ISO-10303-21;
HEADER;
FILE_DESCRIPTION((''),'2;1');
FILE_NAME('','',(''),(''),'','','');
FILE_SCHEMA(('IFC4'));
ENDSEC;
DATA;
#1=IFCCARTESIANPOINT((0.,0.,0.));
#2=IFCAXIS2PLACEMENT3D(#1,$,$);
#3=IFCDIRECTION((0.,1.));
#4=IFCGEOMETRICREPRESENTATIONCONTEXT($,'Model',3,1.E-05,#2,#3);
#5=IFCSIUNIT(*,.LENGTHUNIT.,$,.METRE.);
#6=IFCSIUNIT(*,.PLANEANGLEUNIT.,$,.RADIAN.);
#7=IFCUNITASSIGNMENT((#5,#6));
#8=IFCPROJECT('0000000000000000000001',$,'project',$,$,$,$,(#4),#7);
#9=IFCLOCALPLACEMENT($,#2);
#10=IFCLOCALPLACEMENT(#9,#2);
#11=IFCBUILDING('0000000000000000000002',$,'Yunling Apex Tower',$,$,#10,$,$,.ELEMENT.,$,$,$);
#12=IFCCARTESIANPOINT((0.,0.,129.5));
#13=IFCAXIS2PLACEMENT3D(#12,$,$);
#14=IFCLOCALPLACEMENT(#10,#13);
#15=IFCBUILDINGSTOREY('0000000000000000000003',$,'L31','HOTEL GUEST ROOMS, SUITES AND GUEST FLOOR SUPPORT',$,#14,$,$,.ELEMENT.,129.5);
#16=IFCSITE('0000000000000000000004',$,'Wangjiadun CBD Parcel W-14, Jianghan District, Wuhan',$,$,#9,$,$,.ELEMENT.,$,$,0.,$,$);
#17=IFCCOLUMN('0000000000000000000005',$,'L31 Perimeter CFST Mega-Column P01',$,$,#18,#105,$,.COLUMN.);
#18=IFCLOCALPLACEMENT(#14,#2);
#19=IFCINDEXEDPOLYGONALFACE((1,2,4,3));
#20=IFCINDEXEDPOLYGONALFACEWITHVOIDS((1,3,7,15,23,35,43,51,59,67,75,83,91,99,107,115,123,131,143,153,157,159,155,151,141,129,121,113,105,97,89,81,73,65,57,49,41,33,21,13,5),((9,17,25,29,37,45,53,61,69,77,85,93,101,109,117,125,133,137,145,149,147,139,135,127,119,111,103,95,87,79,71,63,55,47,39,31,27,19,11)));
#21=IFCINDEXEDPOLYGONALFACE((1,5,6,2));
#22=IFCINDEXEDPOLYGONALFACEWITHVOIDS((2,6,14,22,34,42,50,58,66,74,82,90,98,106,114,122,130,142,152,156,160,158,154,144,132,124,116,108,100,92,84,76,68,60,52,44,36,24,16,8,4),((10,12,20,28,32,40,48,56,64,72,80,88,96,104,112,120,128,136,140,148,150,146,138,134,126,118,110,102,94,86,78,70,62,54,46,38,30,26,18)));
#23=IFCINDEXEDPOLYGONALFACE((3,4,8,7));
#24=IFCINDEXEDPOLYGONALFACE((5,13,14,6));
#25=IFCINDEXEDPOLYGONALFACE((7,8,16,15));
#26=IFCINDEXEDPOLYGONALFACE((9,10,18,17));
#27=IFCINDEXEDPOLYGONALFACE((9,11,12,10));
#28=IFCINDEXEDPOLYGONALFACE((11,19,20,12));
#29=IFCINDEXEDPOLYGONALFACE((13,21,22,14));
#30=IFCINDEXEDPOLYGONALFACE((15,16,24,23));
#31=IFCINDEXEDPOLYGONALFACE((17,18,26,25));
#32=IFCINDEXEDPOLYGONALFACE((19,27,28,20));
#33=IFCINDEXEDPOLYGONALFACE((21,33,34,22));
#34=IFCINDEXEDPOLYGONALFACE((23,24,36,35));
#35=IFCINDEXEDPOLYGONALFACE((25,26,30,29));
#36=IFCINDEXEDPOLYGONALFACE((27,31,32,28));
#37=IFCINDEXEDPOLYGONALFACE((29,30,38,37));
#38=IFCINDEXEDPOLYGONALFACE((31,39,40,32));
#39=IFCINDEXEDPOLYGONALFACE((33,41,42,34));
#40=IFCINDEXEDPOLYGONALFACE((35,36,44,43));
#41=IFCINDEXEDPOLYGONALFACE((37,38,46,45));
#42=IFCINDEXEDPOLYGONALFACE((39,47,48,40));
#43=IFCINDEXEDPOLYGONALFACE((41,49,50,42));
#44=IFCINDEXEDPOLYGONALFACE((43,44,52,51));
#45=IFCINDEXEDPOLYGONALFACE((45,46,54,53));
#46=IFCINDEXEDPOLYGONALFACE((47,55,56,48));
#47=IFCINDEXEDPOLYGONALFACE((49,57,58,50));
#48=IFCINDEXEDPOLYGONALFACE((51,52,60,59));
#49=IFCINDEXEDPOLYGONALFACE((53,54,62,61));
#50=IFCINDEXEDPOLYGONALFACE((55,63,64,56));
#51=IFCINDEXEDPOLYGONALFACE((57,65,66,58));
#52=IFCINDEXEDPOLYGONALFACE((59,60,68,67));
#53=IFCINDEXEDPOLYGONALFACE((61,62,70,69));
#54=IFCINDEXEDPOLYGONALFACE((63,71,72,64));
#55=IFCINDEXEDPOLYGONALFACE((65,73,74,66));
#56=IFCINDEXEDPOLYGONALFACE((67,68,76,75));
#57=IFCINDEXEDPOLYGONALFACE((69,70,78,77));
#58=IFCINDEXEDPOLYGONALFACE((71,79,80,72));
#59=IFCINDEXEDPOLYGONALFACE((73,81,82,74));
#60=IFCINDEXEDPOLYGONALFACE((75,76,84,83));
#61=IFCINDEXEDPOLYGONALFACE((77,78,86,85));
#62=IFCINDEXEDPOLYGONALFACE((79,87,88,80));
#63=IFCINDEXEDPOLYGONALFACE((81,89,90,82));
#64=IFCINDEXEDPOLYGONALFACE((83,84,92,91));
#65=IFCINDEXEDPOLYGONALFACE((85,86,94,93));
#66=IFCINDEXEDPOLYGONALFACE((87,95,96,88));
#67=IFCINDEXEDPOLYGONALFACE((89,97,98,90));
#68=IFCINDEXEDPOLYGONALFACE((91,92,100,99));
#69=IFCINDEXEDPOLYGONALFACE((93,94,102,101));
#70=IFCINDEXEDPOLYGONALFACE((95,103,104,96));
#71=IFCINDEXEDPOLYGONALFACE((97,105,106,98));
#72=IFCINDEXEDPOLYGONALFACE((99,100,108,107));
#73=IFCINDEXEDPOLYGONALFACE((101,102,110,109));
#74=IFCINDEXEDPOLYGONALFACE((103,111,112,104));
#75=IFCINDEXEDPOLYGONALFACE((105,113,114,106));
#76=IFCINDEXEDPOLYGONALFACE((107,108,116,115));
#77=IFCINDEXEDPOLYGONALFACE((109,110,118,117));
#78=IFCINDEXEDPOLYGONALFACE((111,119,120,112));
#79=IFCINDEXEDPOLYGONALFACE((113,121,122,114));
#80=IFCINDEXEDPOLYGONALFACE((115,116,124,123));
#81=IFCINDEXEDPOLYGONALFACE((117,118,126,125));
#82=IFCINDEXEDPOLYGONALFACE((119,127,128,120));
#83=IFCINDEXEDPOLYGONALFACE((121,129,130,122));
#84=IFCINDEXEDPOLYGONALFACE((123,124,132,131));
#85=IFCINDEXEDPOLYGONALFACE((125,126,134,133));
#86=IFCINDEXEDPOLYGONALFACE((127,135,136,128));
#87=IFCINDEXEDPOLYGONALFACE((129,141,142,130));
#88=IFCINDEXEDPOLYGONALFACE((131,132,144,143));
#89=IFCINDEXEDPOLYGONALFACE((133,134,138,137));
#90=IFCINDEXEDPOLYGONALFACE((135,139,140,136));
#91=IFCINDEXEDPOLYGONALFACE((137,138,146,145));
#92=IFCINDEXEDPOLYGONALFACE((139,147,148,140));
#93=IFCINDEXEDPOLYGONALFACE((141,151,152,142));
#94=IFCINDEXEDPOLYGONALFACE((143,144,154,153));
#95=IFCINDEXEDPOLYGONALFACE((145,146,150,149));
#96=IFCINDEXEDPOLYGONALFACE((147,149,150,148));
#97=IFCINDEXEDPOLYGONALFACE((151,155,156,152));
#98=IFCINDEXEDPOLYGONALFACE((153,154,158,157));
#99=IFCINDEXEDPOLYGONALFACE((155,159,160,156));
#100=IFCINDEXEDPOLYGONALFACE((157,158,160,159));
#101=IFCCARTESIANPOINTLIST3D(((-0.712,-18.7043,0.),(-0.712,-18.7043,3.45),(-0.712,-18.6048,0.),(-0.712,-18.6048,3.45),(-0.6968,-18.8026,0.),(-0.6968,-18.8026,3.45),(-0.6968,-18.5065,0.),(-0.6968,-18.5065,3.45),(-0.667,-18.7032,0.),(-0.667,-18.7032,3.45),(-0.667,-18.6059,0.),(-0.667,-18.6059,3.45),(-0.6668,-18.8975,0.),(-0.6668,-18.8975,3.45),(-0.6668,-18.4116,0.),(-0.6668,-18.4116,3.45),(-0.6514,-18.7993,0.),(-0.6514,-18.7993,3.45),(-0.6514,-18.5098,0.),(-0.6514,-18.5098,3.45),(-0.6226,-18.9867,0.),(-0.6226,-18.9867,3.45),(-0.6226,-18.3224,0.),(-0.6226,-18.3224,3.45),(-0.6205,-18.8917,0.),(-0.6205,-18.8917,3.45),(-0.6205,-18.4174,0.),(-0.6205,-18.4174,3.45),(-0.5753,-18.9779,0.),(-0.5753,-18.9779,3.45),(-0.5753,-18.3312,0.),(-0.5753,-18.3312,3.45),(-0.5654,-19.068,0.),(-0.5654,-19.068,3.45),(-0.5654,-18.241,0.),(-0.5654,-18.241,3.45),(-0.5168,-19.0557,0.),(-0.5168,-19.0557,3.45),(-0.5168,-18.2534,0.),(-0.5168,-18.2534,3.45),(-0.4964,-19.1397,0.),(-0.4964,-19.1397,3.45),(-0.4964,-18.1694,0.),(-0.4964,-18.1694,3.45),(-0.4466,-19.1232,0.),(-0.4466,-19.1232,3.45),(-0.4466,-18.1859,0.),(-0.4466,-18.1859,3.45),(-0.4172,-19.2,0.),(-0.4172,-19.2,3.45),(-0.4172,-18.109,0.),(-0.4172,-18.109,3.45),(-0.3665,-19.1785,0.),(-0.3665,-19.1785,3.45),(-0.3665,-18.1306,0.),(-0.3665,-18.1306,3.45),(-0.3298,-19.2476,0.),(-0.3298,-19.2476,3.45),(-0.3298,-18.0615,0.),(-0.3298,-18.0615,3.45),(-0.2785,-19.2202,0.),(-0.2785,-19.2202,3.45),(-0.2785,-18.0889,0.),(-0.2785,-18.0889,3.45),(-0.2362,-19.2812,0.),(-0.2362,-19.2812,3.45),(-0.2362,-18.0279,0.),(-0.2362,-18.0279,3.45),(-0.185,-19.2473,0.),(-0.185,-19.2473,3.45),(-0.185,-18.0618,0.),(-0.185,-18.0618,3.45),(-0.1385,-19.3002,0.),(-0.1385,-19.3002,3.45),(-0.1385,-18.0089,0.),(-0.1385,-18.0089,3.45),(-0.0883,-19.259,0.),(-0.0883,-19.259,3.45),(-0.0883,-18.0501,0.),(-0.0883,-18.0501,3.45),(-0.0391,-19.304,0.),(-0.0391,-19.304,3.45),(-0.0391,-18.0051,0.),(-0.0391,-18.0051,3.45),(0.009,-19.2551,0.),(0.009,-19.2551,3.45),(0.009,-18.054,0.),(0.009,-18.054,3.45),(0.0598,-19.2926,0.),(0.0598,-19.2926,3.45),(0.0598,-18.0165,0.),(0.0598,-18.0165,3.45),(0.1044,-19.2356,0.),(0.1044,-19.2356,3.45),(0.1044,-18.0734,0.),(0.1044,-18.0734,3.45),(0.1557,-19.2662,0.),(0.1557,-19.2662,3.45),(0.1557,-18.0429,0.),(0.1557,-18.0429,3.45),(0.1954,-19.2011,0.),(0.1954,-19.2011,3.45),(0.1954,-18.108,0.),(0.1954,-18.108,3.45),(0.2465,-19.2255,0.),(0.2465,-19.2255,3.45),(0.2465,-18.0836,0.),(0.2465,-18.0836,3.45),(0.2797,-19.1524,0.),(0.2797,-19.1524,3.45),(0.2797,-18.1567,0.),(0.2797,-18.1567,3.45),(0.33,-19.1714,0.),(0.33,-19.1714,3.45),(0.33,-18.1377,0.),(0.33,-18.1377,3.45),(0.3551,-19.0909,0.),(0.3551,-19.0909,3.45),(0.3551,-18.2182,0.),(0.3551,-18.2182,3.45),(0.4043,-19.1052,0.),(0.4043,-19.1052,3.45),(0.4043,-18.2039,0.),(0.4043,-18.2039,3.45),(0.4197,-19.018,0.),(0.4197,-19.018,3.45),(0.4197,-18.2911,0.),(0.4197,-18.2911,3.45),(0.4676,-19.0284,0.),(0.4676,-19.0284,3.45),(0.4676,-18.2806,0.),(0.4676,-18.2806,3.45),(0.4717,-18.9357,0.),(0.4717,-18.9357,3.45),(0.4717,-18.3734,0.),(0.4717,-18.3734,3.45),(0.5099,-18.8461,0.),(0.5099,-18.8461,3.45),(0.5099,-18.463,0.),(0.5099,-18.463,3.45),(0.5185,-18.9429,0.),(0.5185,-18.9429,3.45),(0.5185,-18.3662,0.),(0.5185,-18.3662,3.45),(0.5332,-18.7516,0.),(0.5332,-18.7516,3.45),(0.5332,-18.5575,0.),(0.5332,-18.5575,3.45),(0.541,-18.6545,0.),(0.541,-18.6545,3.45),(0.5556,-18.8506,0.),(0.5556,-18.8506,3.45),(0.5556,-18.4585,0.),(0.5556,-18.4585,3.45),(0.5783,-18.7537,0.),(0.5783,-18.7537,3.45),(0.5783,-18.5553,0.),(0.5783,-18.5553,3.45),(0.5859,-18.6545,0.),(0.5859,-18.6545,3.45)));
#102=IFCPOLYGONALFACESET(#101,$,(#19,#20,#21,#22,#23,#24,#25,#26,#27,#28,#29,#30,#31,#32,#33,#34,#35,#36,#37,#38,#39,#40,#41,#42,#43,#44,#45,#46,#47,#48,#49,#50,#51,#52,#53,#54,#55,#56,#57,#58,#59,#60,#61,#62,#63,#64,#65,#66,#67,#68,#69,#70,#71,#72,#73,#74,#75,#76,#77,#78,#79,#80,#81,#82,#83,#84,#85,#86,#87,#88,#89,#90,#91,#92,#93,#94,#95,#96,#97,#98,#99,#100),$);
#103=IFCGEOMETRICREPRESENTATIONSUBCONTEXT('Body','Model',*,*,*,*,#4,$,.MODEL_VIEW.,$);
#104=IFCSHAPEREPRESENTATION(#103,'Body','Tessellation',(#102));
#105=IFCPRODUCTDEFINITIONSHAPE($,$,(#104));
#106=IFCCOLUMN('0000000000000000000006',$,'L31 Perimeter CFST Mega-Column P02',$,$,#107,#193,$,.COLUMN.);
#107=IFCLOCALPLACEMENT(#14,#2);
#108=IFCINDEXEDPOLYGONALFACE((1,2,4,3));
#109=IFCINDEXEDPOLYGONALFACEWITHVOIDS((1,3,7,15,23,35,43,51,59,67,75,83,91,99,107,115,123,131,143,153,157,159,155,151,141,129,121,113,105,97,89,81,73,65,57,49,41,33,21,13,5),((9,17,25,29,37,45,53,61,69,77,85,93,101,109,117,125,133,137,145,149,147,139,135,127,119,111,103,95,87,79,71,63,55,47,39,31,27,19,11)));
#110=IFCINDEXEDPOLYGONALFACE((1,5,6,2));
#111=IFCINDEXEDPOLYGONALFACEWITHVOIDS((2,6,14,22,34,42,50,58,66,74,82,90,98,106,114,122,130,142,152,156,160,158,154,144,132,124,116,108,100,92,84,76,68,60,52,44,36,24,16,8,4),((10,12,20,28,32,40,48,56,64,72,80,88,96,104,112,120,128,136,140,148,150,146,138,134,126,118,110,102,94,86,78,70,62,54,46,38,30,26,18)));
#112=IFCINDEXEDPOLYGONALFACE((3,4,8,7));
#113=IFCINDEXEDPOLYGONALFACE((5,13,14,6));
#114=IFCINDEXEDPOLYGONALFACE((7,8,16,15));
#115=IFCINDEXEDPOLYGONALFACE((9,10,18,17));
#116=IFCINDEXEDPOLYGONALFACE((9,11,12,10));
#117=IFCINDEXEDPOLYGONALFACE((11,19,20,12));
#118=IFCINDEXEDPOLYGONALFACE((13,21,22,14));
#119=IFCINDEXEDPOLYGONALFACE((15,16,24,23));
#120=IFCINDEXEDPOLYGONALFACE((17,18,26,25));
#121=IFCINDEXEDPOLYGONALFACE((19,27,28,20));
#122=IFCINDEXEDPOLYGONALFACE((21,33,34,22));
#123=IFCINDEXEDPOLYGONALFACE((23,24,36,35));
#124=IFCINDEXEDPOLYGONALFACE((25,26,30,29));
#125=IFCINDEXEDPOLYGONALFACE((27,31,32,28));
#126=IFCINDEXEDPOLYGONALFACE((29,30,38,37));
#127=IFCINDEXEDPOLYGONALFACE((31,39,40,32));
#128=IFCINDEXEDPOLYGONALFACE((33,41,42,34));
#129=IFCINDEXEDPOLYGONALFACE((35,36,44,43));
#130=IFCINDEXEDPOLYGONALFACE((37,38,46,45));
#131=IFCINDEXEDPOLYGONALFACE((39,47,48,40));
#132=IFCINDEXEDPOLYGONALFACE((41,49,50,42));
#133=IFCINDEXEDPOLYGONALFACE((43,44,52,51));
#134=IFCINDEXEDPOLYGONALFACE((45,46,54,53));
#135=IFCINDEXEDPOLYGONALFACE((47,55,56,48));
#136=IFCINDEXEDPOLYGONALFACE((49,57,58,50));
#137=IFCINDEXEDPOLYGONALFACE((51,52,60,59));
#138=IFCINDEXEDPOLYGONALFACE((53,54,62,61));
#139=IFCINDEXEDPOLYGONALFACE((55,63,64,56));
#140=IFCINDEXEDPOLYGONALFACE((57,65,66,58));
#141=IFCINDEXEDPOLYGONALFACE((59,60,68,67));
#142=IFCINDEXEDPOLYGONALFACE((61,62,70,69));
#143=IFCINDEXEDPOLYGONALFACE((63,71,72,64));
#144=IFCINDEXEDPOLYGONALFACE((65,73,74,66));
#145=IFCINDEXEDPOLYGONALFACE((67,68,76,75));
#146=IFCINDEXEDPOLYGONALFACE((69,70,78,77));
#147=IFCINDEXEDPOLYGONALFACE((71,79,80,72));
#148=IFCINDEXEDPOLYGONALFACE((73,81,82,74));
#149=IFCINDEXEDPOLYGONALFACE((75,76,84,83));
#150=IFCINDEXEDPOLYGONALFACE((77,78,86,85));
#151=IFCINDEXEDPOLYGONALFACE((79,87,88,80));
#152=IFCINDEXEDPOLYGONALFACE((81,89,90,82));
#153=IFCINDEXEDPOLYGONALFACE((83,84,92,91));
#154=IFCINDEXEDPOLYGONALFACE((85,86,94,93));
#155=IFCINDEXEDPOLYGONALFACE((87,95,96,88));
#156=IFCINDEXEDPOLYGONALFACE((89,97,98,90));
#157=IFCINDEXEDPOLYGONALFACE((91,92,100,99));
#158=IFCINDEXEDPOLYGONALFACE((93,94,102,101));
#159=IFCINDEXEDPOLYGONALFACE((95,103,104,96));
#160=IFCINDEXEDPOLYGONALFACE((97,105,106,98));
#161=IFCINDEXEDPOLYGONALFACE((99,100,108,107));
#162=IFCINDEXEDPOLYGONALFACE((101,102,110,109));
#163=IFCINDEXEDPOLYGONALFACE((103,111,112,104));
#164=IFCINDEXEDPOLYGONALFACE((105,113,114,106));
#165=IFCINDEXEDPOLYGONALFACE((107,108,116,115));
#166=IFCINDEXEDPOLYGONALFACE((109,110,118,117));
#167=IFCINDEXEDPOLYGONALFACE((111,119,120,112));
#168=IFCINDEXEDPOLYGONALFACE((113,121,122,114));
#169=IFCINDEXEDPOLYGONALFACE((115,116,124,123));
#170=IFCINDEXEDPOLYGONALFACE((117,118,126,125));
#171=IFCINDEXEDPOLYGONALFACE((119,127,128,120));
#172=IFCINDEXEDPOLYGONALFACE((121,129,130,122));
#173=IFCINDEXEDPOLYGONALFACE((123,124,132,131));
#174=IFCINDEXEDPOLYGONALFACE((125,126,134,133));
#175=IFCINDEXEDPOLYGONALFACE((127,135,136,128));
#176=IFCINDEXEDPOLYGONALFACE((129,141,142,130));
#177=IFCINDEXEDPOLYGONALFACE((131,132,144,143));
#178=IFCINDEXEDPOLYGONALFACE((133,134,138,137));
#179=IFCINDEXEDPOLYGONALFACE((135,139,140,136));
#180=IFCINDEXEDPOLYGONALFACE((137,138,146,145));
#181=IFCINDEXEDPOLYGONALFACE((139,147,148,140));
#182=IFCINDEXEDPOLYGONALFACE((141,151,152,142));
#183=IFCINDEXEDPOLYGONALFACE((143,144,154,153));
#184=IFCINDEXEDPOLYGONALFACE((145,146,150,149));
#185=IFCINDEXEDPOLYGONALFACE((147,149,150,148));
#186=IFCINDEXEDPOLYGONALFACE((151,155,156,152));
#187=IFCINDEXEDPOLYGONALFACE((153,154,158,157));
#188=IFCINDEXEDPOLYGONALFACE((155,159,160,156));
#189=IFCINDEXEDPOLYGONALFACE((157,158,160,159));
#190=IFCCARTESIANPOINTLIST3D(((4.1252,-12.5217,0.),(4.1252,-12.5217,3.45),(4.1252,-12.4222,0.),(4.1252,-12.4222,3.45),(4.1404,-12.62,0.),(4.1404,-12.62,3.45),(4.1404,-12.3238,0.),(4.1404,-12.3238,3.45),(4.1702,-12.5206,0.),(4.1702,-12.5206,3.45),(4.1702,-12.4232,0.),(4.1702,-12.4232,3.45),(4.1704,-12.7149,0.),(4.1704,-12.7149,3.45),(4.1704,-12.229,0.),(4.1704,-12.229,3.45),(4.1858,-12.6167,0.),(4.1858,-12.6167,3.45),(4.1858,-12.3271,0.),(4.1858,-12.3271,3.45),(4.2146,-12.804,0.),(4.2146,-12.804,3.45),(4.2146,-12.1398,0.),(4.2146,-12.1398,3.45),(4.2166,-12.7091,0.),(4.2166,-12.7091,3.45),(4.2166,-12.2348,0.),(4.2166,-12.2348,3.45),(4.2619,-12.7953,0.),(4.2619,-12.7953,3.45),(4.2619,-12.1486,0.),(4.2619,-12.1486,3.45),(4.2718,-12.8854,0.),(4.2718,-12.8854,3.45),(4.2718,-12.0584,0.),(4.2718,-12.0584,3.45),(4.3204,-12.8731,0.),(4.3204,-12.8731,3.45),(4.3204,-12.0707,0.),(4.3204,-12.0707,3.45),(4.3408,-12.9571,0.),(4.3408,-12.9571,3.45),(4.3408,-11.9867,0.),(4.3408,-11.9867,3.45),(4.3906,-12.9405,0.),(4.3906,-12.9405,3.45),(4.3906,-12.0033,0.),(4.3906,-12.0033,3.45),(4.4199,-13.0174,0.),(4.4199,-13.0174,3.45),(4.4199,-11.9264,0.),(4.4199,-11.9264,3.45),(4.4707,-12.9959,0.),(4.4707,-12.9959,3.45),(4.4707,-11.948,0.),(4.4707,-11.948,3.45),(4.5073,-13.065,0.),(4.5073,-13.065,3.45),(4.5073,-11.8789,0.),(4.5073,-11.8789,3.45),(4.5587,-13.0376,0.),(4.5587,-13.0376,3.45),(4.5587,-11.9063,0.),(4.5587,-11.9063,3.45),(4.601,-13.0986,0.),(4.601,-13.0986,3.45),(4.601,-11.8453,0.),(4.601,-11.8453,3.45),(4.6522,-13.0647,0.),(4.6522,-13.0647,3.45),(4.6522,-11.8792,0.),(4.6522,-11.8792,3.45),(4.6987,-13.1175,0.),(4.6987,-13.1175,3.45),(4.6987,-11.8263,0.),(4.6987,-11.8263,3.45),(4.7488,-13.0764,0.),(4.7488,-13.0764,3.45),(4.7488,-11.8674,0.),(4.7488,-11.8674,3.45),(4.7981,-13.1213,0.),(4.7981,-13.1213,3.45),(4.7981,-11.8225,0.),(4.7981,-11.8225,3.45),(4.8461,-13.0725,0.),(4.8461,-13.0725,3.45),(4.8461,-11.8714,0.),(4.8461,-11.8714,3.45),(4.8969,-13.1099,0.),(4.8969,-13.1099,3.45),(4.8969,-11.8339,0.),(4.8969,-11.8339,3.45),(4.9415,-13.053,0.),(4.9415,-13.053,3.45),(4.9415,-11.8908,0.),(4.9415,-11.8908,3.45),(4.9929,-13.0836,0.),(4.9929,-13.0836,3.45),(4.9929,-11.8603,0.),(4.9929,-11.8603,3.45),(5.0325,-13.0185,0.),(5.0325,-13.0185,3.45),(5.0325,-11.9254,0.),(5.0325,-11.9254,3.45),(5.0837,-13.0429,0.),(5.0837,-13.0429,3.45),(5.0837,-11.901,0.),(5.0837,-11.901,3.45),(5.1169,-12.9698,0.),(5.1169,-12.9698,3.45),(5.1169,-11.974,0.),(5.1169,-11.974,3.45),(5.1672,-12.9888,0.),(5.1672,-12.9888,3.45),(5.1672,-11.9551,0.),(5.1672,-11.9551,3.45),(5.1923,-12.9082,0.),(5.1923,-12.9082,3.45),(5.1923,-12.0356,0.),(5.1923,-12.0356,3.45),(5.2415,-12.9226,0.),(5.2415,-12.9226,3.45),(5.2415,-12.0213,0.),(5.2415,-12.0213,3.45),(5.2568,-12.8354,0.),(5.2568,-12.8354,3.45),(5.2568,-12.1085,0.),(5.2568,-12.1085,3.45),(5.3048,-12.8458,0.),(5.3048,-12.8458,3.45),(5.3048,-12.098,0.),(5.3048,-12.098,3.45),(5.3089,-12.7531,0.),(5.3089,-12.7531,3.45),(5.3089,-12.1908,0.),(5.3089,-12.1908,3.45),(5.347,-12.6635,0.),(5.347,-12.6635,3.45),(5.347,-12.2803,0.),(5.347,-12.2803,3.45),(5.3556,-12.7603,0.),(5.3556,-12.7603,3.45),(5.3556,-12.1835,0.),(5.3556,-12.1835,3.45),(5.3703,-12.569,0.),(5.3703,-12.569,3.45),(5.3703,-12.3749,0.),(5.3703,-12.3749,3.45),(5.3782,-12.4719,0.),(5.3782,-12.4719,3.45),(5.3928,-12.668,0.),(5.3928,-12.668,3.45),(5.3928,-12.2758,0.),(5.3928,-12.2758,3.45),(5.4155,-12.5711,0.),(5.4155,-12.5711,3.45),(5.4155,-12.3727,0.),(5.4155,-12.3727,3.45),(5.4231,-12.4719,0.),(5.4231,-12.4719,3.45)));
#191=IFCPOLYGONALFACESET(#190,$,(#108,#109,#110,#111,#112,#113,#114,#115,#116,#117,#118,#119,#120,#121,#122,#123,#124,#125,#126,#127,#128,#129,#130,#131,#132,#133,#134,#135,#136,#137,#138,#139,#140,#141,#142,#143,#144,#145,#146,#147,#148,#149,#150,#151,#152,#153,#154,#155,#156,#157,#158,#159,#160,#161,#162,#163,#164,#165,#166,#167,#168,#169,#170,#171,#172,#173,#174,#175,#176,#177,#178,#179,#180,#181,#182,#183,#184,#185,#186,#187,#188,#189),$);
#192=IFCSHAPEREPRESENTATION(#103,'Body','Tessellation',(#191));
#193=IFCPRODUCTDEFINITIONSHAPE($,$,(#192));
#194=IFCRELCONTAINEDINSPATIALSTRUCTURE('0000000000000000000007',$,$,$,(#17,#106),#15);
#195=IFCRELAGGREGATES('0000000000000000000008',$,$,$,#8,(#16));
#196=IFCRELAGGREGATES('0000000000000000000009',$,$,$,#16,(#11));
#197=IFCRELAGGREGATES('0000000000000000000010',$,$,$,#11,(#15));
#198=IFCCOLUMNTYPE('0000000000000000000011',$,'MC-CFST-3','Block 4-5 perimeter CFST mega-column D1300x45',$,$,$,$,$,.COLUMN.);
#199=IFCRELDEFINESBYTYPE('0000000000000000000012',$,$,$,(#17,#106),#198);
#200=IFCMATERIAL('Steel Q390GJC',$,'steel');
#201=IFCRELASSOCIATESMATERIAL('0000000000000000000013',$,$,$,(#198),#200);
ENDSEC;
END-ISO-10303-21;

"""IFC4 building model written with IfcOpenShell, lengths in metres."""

from ifc_helpers import new_model, si_unit, direction, frame, origin, origin_2d, place, context, subcontext, project, spatial, hollow_circle, extrude, source, transform, mapped, material, material_profile, profile_set, type_object, element, save


model = new_model("IFC4")

# Units and contexts
model_context = context("Model", 3, precision=1e-05, world=origin(), true_north=direction((0.0, 1.0)))
body_context = subcontext(model_context, "Body", "Model", "MODEL_VIEW")
ifc_project = project(units=[si_unit("LENGTHUNIT", "METRE"), si_unit("PLANEANGLEUNIT", "RADIAN")], contexts=[model_context])

# Site, building, storey
site_placement = place(None, origin())
site = spatial("IfcSite", under=ifc_project, at=site_placement, Name="Wangjiadun CBD Parcel W-14, Jianghan District, Wuhan", CompositionType="ELEMENT", RefElevation=0.0)
building_placement = place(site_placement, origin())
building = spatial("IfcBuilding", under=site, at=building_placement, Name="Yunling Apex Tower", CompositionType="ELEMENT")
storey_placement = place(building_placement, frame((0.0, 0.0, 129.5)))
storey = spatial("IfcBuildingStorey", under=building, at=storey_placement, Name="L31", Description="HOTEL GUEST ROOMS, SUITES AND GUEST FLOOR SUPPORT", CompositionType="ELEMENT", Elevation=129.5)

# Columns
ifc_material_1 = material(Name="Steel Q390GJC", Category="steel")
ifc_material_profile_1 = material_profile(ifc_material_1, hollow_circle(Radius=0.6499, WallThickness=0.0449, at=origin_2d()))
ifc_profile_set_1 = profile_set([ifc_material_profile_1], Name="Steel Q390GJC")
column_type = type_object("IfcColumnType", Name="MC-CFST-3", Description="Block 4-5 perimeter CFST mega-column D1300x45", PredefinedType="COLUMN", material=ifc_profile_set_1)
shared_shape_1 = source(origin(), body_context, "Body", "SweptSolid", [
    extrude(hollow_circle(Radius=0.6499, WallThickness=0.0449, at=origin_2d()), origin(), (0.0, 0.0, 1.0), 3.45),
])
for number, where, z_axis, x_axis, name in (
    (1, (-0.064, -18.6545, 0.0), (0.0, 0.0, 1.0), (1.0, 0.0, 0.0), "L31 Perimeter CFST Mega-Column P01"),
    (2, (4.7732, -12.4719, 0.0), (0.0, 0.0, 1.0), (1.0, 0.0, 0.0), "L31 Perimeter CFST Mega-Column P02"),
):
    element("IfcColumn", number, at=place(storey_placement, frame(where, z_axis=z_axis, x_axis=x_axis)), inside=storey, type_object=column_type, Name=name, PredefinedType="COLUMN", context=body_context, shape_type="MappedRepresentation", body=[
        mapped(shared_shape_1, transform((0.0, 0.0, 0.0), scale=1.0)),
    ])

save(model, "model.ifc")
